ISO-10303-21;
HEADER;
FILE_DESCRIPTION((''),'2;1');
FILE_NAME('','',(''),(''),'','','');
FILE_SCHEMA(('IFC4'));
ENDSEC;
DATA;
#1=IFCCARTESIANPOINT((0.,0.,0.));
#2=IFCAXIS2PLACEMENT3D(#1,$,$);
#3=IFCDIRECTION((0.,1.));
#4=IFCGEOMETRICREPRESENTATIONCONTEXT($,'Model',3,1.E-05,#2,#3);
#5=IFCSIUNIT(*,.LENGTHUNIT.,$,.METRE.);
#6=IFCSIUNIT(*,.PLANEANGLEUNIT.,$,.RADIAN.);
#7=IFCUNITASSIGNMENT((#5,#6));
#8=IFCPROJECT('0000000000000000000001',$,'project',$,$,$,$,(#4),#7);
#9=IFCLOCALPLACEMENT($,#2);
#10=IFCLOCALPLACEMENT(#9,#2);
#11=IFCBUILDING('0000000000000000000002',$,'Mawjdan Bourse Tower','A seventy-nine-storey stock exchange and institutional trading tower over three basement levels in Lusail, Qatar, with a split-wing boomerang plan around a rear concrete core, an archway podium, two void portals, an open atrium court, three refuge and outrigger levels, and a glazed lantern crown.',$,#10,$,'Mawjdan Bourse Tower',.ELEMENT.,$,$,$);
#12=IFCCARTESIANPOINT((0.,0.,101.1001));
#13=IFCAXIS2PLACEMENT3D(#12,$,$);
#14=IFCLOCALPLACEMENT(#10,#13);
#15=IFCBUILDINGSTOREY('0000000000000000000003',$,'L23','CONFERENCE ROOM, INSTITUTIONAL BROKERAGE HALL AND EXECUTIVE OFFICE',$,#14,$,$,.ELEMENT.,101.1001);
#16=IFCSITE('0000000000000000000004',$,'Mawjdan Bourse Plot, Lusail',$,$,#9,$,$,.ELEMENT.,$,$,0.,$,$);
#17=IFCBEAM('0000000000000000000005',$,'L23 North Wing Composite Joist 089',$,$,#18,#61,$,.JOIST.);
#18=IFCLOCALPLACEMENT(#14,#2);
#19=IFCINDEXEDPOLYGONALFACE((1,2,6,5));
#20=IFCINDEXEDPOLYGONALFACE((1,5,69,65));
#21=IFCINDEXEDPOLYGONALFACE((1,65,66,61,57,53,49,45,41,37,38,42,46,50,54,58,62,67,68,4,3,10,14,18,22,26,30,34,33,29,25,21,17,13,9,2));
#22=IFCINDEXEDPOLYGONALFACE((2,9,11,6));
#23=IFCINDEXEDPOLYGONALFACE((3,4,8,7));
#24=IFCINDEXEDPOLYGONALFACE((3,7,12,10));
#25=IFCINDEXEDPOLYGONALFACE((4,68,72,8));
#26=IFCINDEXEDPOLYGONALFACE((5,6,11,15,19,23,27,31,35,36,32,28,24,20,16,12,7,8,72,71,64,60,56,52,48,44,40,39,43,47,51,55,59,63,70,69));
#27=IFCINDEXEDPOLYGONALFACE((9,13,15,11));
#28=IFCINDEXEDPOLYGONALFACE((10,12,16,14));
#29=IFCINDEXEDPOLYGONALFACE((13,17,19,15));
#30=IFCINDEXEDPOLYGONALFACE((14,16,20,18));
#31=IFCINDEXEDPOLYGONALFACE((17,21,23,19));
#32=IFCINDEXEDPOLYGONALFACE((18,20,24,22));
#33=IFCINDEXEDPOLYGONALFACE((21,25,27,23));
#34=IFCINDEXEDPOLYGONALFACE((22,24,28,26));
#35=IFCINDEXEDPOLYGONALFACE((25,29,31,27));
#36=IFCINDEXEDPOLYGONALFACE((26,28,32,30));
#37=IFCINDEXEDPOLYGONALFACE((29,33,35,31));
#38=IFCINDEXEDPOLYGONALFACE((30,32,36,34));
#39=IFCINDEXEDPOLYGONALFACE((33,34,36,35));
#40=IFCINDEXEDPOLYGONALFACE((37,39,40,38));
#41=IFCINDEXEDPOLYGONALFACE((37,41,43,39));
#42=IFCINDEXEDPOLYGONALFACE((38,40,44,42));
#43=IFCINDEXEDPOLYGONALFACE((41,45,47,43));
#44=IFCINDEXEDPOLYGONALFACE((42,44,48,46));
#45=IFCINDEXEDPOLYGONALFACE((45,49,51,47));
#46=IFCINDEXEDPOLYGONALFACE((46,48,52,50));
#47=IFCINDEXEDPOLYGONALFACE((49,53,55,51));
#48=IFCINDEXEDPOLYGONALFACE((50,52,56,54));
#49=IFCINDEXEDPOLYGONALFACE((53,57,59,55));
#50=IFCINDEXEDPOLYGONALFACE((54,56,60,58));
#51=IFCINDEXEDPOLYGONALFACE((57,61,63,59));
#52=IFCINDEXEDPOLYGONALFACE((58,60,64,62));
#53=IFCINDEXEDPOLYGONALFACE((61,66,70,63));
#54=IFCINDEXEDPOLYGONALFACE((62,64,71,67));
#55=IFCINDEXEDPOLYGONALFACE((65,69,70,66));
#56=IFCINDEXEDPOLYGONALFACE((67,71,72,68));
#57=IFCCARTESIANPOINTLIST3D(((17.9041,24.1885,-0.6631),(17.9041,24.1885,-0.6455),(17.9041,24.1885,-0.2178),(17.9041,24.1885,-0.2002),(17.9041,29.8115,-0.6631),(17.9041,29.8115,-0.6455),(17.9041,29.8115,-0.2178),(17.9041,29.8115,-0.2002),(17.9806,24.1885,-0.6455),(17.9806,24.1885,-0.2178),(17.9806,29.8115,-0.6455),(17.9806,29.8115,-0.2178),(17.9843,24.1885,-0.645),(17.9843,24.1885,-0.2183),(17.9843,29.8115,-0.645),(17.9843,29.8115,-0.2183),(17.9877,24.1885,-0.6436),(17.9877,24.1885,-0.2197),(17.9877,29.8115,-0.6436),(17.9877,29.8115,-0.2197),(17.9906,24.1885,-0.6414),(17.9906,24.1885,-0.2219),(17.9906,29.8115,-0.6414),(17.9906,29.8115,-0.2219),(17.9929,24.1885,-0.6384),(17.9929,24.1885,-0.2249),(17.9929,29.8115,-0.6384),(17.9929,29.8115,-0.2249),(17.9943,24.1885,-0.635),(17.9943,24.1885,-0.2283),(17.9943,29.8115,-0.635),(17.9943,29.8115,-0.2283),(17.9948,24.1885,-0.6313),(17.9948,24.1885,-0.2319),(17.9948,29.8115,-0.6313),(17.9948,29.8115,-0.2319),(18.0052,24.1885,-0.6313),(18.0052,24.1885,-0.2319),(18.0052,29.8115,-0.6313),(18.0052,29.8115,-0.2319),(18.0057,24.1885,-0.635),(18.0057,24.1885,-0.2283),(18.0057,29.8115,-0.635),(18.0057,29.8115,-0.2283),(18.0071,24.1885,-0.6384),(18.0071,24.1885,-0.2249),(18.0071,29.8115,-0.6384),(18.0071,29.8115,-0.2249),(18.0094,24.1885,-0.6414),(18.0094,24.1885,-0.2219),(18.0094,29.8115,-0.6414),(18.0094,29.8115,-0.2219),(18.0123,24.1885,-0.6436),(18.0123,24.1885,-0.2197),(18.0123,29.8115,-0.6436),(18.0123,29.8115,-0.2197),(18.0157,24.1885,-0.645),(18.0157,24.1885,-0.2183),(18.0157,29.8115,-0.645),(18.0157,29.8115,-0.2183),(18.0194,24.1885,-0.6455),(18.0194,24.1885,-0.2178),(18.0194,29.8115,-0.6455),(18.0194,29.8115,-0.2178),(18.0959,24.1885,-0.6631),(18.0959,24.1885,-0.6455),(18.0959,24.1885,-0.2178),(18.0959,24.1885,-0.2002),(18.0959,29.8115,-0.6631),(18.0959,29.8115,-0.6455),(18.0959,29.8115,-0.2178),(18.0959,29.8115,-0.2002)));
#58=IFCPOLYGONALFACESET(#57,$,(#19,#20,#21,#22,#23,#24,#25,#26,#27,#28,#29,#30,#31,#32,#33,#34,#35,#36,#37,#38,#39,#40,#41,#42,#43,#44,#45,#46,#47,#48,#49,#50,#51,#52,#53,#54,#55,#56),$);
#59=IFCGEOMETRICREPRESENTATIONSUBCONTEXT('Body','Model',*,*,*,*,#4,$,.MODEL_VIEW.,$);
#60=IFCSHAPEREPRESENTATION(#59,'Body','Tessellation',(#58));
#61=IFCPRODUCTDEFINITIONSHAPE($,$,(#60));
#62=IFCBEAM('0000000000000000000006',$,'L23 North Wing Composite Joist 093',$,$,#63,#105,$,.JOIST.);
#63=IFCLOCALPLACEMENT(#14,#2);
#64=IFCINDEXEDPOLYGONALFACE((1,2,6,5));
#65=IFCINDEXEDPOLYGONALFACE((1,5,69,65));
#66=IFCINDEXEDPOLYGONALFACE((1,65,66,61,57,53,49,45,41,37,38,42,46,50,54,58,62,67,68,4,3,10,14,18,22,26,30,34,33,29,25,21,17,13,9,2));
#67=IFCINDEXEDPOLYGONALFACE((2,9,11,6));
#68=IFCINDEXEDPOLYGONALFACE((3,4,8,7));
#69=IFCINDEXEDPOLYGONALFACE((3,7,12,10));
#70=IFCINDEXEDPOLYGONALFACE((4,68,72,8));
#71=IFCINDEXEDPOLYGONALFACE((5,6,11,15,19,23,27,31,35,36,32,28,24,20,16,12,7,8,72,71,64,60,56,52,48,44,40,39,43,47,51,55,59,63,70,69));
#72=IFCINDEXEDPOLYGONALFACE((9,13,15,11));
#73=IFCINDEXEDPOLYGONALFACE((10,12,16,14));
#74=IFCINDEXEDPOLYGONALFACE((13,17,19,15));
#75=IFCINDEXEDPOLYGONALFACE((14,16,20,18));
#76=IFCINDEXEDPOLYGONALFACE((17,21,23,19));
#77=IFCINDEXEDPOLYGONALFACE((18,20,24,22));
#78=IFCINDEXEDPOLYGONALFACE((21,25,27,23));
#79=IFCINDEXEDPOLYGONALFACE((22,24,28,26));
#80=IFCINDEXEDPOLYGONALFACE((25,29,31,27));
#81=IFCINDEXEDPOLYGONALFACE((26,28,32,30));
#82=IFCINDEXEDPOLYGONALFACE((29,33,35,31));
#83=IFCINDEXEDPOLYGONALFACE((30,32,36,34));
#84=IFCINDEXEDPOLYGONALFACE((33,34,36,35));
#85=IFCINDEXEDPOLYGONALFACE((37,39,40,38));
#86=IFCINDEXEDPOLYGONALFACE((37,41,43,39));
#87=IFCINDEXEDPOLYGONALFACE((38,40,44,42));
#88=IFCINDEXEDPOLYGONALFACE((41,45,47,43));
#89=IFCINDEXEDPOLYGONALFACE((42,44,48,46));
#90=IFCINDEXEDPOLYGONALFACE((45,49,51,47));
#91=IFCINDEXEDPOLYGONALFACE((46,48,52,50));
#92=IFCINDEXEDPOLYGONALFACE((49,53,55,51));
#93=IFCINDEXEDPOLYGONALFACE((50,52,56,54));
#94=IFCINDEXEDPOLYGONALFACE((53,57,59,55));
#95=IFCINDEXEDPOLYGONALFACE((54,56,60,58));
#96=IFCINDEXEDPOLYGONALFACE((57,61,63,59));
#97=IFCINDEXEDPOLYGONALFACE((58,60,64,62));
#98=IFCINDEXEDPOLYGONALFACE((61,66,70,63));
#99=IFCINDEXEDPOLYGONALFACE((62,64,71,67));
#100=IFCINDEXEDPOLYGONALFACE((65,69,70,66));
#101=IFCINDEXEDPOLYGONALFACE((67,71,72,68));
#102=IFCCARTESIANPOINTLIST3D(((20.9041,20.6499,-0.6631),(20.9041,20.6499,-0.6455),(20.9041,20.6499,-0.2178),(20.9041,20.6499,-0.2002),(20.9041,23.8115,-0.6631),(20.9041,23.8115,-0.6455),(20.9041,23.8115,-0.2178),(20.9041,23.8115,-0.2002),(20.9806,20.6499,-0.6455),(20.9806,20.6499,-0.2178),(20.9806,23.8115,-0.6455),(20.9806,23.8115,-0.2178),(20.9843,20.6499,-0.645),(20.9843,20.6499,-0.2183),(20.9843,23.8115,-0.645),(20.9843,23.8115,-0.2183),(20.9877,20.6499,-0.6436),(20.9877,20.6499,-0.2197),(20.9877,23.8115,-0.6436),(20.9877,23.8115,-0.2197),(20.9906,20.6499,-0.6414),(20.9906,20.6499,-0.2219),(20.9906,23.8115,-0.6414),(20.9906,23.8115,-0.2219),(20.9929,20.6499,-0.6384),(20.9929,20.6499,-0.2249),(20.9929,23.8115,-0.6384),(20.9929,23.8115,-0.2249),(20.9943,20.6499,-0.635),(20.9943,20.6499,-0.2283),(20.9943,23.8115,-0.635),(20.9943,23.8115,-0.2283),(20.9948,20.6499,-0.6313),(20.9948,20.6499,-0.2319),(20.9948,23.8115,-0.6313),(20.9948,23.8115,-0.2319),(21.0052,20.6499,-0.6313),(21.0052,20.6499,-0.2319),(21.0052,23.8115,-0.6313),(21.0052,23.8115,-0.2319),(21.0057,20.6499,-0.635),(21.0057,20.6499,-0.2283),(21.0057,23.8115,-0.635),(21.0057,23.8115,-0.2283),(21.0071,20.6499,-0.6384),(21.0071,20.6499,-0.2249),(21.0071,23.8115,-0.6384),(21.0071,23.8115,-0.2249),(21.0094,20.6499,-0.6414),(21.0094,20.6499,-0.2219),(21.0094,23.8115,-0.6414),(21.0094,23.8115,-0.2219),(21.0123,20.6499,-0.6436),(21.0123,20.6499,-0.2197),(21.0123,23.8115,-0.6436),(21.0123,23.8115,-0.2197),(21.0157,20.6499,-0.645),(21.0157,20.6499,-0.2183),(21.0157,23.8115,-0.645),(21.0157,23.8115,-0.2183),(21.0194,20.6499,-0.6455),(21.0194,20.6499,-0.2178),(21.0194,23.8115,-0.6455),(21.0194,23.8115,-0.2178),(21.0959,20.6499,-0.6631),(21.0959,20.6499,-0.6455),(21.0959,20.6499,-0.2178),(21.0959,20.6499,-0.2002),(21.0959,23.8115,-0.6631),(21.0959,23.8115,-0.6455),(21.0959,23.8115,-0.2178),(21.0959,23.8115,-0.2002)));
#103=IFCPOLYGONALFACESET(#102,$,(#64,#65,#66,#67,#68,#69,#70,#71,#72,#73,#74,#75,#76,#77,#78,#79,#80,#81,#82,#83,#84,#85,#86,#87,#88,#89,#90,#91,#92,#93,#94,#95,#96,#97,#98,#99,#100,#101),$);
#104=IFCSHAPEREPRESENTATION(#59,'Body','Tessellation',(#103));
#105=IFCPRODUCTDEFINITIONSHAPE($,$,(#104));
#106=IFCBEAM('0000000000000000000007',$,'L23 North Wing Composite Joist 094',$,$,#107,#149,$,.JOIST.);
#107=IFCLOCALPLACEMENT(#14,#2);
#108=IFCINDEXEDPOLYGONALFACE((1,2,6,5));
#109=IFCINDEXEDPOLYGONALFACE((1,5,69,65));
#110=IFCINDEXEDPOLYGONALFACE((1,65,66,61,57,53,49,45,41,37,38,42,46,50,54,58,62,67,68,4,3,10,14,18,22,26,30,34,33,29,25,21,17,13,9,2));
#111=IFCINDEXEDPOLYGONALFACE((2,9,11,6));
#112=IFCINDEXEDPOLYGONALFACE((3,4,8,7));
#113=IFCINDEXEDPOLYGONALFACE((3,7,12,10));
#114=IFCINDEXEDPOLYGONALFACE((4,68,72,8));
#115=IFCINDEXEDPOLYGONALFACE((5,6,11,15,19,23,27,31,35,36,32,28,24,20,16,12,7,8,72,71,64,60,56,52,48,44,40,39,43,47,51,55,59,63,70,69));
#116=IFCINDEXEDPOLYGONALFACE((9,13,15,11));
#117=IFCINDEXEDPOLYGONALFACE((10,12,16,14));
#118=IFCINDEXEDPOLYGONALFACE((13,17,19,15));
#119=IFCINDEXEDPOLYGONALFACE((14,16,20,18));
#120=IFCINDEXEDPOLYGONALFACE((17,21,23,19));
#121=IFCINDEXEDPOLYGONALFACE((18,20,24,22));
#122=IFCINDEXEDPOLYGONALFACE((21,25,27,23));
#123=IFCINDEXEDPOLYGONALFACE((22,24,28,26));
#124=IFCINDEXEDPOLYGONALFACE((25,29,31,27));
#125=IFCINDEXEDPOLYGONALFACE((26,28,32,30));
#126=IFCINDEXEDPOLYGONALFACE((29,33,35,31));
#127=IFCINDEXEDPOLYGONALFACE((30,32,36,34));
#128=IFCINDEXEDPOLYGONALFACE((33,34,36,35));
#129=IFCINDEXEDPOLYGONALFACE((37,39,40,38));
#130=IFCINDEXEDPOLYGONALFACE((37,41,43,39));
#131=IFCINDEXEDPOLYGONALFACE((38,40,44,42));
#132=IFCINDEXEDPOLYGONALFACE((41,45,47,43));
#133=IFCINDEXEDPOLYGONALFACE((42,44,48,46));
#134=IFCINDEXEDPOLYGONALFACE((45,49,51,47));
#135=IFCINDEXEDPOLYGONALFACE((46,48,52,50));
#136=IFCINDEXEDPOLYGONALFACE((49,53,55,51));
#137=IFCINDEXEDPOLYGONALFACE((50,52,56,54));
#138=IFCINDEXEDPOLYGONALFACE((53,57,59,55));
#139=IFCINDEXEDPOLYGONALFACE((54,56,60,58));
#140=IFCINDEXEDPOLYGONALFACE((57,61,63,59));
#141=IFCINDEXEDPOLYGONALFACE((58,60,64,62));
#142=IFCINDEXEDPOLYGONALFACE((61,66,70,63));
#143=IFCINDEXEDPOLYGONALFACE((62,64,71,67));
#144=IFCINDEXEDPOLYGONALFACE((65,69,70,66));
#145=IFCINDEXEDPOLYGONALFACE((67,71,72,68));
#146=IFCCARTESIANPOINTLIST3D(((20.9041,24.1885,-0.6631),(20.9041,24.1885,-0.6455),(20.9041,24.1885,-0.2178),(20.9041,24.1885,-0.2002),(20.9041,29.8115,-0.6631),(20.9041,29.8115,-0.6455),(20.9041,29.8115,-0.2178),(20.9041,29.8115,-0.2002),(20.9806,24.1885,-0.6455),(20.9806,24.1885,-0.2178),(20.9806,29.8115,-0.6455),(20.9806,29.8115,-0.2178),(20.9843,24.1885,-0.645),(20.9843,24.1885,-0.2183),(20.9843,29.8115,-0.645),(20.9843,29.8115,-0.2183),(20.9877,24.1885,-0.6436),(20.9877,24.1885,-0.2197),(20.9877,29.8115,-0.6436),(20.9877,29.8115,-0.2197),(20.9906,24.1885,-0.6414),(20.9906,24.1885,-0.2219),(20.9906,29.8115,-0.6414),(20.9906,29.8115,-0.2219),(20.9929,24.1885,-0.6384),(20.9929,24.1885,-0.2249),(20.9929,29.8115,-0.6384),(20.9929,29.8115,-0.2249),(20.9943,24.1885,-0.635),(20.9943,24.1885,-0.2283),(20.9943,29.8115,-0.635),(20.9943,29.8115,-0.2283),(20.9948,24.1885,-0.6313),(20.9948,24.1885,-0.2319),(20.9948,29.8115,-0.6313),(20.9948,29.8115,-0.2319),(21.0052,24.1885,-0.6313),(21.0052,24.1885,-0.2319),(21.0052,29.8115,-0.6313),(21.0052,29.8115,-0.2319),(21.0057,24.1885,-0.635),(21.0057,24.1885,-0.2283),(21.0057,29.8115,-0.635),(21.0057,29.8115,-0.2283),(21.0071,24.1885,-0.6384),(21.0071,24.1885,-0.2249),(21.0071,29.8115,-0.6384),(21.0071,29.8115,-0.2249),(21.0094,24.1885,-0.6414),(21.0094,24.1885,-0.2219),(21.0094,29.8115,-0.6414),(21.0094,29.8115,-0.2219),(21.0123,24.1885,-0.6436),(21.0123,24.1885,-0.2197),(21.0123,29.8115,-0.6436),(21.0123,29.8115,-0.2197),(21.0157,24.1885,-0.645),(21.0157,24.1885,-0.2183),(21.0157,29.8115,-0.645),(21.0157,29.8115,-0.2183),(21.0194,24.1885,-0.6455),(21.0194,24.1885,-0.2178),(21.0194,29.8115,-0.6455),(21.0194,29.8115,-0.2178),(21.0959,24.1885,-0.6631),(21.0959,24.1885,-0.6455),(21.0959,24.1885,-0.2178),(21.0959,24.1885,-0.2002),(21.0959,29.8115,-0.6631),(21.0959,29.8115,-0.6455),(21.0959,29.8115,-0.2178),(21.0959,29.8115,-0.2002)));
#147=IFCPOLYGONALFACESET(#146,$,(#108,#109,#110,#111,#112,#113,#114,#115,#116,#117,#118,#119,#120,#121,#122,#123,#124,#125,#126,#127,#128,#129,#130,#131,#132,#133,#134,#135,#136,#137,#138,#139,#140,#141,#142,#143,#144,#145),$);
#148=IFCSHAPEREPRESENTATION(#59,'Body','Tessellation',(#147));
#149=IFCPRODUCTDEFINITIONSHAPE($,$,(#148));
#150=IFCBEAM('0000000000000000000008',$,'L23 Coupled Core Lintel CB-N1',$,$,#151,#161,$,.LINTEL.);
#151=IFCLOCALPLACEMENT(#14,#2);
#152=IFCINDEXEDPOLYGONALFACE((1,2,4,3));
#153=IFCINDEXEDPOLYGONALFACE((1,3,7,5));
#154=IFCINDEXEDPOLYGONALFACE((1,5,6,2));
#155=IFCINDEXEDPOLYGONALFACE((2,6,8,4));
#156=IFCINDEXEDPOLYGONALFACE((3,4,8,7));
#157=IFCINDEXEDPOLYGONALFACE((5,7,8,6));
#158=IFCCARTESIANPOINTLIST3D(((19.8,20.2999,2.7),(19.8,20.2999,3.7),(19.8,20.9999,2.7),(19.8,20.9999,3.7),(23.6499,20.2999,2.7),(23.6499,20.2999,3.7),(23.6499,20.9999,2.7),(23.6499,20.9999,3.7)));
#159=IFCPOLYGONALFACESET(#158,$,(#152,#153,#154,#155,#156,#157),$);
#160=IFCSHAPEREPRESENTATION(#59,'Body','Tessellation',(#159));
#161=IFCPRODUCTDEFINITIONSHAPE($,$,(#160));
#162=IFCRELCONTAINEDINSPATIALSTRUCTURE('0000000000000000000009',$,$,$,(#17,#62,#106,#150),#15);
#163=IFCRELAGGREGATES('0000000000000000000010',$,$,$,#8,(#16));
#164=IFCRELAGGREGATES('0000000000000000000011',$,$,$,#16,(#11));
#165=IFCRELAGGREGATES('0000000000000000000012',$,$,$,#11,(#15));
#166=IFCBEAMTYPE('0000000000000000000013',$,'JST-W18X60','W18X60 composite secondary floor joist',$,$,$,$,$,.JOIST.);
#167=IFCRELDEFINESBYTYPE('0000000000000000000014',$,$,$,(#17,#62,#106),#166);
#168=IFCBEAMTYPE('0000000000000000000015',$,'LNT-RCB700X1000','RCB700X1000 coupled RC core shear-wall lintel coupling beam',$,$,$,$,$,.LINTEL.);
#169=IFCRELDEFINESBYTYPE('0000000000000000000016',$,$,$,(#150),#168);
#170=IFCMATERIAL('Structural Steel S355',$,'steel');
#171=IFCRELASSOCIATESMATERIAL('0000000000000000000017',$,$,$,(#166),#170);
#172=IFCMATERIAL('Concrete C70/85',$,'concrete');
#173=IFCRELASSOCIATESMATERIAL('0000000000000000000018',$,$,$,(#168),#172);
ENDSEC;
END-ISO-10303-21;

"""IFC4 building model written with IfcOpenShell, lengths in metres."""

from ifc_helpers import new_model, si_unit, direction, frame, origin, origin_2d, place, context, subcontext, project, spatial, rectangle, i_section, extrude, material, material_profile, profile_set, type_object, element, save


model = new_model("IFC4")

# Units and contexts
model_context = context("Model", 3, precision=1e-05, world=origin(), true_north=direction((0.0, 1.0)))
body_context = subcontext(model_context, "Body", "Model", "MODEL_VIEW")
ifc_project = project(units=[si_unit("LENGTHUNIT", "METRE"), si_unit("PLANEANGLEUNIT", "RADIAN")], contexts=[model_context])

# Site, building, storey
site_placement = place(None, origin())
site = spatial("IfcSite", under=ifc_project, at=site_placement, Name="Mawjdan Bourse Plot, Lusail", CompositionType="ELEMENT", RefElevation=0.0)
building_placement = place(site_placement, origin())
building = spatial("IfcBuilding", under=site, at=building_placement, Name="Mawjdan Bourse Tower", Description="A seventy-nine-storey stock exchange and institutional trading tower over three basement levels in Lusail, Qatar, with a split-wing boomerang plan around a rear concrete core, an archway podium, two void portals, an open atrium court, three refuge and outrigger levels, and a glazed lantern crown.", LongName="Mawjdan Bourse Tower", CompositionType="ELEMENT")
storey_placement = place(building_placement, frame((0.0, 0.0, 101.1001)))
storey = spatial("IfcBuildingStorey", under=building, at=storey_placement, Name="L23", Description="CONFERENCE ROOM, INSTITUTIONAL BROKERAGE HALL AND EXECUTIVE OFFICE", CompositionType="ELEMENT", Elevation=101.1001)

# Shared definitions
ifc_material_1 = material(Name="Concrete C70/85", Category="concrete")

# Beams
ifc_material_2 = material(Name="Structural Steel S355", Category="steel")
ifc_material_profile_1 = material_profile(ifc_material_2, i_section(OverallWidth=0.1919, OverallDepth=0.4629, WebThickness=0.0105, FlangeThickness=0.0176, FilletRadius=0.0142, at=origin_2d()), Name="W18X60")
ifc_profile_set_1 = profile_set([ifc_material_profile_1], Name="Structural Steel S355")
beam_type_1 = type_object("IfcBeamType", Name="JST-W18X60", Description="W18X60 composite secondary floor joist", PredefinedType="JOIST", material=ifc_profile_set_1)
beam_1_placement = place(storey_placement, frame((18.0, 24.1885, -0.4316), z_axis=(0.0, 1.0, 0.0), x_axis=(-1.0, 0.0, 0.0)))
element("IfcBeam", 1, at=beam_1_placement, inside=storey, type_object=beam_type_1, Name="L23 North Wing Composite Joist 089", PredefinedType="JOIST", context=body_context, shape_type="SweptSolid", body=[
    extrude(i_section(OverallWidth=0.1919, OverallDepth=0.4629, WebThickness=0.0105, FlangeThickness=0.0176, FilletRadius=0.0142, at=origin_2d()), origin(), (0.0, 0.0, 1.0), 5.623),
])
beam_2_placement = place(storey_placement, frame((21.0, 20.6499, -0.4316), z_axis=(0.0, 1.0, 0.0), x_axis=(-1.0, 0.0, 0.0)))
element("IfcBeam", 2, at=beam_2_placement, inside=storey, type_object=beam_type_1, Name="L23 North Wing Composite Joist 093", PredefinedType="JOIST", context=body_context, shape_type="SweptSolid", body=[
    extrude(i_section(OverallWidth=0.1919, OverallDepth=0.4629, WebThickness=0.0105, FlangeThickness=0.0176, FilletRadius=0.0142, at=origin_2d()), origin(), (0.0, 0.0, 1.0), 3.1616),
])
beam_3_placement = place(storey_placement, frame((21.0, 24.1885, -0.4316), z_axis=(0.0, 1.0, 0.0), x_axis=(-1.0, 0.0, 0.0)))
element("IfcBeam", 3, at=beam_3_placement, inside=storey, type_object=beam_type_1, Name="L23 North Wing Composite Joist 094", PredefinedType="JOIST", context=body_context, shape_type="SweptSolid", body=[
    extrude(i_section(OverallWidth=0.1919, OverallDepth=0.4629, WebThickness=0.0105, FlangeThickness=0.0176, FilletRadius=0.0142, at=origin_2d()), origin(), (0.0, 0.0, 1.0), 5.623),
])
ifc_material_profile_2 = material_profile(ifc_material_1, rectangle(XDim=0.7, YDim=1.0, at=origin_2d()), Name="RCB700X1000")
ifc_profile_set_2 = profile_set([ifc_material_profile_2], Name="Concrete C70/85")
beam_type_2 = type_object("IfcBeamType", Name="LNT-RCB700X1000", Description="RCB700X1000 coupled RC core shear-wall lintel coupling beam", PredefinedType="LINTEL", material=ifc_profile_set_2)
beam_4_placement = place(storey_placement, frame((19.8, 20.6499, 3.2), z_axis=(1.0, 0.0, 0.0), x_axis=(0.0, 1.0, 0.0)))
element("IfcBeam", 4, at=beam_4_placement, inside=storey, type_object=beam_type_2, Name="L23 Coupled Core Lintel CB-N1", PredefinedType="LINTEL", context=body_context, shape_type="SweptSolid", body=[
    extrude(rectangle(XDim=0.7, YDim=1.0, at=origin_2d()), origin(), (0.0, 0.0, 1.0), 3.8499),
])

save(model, "model.ifc")
